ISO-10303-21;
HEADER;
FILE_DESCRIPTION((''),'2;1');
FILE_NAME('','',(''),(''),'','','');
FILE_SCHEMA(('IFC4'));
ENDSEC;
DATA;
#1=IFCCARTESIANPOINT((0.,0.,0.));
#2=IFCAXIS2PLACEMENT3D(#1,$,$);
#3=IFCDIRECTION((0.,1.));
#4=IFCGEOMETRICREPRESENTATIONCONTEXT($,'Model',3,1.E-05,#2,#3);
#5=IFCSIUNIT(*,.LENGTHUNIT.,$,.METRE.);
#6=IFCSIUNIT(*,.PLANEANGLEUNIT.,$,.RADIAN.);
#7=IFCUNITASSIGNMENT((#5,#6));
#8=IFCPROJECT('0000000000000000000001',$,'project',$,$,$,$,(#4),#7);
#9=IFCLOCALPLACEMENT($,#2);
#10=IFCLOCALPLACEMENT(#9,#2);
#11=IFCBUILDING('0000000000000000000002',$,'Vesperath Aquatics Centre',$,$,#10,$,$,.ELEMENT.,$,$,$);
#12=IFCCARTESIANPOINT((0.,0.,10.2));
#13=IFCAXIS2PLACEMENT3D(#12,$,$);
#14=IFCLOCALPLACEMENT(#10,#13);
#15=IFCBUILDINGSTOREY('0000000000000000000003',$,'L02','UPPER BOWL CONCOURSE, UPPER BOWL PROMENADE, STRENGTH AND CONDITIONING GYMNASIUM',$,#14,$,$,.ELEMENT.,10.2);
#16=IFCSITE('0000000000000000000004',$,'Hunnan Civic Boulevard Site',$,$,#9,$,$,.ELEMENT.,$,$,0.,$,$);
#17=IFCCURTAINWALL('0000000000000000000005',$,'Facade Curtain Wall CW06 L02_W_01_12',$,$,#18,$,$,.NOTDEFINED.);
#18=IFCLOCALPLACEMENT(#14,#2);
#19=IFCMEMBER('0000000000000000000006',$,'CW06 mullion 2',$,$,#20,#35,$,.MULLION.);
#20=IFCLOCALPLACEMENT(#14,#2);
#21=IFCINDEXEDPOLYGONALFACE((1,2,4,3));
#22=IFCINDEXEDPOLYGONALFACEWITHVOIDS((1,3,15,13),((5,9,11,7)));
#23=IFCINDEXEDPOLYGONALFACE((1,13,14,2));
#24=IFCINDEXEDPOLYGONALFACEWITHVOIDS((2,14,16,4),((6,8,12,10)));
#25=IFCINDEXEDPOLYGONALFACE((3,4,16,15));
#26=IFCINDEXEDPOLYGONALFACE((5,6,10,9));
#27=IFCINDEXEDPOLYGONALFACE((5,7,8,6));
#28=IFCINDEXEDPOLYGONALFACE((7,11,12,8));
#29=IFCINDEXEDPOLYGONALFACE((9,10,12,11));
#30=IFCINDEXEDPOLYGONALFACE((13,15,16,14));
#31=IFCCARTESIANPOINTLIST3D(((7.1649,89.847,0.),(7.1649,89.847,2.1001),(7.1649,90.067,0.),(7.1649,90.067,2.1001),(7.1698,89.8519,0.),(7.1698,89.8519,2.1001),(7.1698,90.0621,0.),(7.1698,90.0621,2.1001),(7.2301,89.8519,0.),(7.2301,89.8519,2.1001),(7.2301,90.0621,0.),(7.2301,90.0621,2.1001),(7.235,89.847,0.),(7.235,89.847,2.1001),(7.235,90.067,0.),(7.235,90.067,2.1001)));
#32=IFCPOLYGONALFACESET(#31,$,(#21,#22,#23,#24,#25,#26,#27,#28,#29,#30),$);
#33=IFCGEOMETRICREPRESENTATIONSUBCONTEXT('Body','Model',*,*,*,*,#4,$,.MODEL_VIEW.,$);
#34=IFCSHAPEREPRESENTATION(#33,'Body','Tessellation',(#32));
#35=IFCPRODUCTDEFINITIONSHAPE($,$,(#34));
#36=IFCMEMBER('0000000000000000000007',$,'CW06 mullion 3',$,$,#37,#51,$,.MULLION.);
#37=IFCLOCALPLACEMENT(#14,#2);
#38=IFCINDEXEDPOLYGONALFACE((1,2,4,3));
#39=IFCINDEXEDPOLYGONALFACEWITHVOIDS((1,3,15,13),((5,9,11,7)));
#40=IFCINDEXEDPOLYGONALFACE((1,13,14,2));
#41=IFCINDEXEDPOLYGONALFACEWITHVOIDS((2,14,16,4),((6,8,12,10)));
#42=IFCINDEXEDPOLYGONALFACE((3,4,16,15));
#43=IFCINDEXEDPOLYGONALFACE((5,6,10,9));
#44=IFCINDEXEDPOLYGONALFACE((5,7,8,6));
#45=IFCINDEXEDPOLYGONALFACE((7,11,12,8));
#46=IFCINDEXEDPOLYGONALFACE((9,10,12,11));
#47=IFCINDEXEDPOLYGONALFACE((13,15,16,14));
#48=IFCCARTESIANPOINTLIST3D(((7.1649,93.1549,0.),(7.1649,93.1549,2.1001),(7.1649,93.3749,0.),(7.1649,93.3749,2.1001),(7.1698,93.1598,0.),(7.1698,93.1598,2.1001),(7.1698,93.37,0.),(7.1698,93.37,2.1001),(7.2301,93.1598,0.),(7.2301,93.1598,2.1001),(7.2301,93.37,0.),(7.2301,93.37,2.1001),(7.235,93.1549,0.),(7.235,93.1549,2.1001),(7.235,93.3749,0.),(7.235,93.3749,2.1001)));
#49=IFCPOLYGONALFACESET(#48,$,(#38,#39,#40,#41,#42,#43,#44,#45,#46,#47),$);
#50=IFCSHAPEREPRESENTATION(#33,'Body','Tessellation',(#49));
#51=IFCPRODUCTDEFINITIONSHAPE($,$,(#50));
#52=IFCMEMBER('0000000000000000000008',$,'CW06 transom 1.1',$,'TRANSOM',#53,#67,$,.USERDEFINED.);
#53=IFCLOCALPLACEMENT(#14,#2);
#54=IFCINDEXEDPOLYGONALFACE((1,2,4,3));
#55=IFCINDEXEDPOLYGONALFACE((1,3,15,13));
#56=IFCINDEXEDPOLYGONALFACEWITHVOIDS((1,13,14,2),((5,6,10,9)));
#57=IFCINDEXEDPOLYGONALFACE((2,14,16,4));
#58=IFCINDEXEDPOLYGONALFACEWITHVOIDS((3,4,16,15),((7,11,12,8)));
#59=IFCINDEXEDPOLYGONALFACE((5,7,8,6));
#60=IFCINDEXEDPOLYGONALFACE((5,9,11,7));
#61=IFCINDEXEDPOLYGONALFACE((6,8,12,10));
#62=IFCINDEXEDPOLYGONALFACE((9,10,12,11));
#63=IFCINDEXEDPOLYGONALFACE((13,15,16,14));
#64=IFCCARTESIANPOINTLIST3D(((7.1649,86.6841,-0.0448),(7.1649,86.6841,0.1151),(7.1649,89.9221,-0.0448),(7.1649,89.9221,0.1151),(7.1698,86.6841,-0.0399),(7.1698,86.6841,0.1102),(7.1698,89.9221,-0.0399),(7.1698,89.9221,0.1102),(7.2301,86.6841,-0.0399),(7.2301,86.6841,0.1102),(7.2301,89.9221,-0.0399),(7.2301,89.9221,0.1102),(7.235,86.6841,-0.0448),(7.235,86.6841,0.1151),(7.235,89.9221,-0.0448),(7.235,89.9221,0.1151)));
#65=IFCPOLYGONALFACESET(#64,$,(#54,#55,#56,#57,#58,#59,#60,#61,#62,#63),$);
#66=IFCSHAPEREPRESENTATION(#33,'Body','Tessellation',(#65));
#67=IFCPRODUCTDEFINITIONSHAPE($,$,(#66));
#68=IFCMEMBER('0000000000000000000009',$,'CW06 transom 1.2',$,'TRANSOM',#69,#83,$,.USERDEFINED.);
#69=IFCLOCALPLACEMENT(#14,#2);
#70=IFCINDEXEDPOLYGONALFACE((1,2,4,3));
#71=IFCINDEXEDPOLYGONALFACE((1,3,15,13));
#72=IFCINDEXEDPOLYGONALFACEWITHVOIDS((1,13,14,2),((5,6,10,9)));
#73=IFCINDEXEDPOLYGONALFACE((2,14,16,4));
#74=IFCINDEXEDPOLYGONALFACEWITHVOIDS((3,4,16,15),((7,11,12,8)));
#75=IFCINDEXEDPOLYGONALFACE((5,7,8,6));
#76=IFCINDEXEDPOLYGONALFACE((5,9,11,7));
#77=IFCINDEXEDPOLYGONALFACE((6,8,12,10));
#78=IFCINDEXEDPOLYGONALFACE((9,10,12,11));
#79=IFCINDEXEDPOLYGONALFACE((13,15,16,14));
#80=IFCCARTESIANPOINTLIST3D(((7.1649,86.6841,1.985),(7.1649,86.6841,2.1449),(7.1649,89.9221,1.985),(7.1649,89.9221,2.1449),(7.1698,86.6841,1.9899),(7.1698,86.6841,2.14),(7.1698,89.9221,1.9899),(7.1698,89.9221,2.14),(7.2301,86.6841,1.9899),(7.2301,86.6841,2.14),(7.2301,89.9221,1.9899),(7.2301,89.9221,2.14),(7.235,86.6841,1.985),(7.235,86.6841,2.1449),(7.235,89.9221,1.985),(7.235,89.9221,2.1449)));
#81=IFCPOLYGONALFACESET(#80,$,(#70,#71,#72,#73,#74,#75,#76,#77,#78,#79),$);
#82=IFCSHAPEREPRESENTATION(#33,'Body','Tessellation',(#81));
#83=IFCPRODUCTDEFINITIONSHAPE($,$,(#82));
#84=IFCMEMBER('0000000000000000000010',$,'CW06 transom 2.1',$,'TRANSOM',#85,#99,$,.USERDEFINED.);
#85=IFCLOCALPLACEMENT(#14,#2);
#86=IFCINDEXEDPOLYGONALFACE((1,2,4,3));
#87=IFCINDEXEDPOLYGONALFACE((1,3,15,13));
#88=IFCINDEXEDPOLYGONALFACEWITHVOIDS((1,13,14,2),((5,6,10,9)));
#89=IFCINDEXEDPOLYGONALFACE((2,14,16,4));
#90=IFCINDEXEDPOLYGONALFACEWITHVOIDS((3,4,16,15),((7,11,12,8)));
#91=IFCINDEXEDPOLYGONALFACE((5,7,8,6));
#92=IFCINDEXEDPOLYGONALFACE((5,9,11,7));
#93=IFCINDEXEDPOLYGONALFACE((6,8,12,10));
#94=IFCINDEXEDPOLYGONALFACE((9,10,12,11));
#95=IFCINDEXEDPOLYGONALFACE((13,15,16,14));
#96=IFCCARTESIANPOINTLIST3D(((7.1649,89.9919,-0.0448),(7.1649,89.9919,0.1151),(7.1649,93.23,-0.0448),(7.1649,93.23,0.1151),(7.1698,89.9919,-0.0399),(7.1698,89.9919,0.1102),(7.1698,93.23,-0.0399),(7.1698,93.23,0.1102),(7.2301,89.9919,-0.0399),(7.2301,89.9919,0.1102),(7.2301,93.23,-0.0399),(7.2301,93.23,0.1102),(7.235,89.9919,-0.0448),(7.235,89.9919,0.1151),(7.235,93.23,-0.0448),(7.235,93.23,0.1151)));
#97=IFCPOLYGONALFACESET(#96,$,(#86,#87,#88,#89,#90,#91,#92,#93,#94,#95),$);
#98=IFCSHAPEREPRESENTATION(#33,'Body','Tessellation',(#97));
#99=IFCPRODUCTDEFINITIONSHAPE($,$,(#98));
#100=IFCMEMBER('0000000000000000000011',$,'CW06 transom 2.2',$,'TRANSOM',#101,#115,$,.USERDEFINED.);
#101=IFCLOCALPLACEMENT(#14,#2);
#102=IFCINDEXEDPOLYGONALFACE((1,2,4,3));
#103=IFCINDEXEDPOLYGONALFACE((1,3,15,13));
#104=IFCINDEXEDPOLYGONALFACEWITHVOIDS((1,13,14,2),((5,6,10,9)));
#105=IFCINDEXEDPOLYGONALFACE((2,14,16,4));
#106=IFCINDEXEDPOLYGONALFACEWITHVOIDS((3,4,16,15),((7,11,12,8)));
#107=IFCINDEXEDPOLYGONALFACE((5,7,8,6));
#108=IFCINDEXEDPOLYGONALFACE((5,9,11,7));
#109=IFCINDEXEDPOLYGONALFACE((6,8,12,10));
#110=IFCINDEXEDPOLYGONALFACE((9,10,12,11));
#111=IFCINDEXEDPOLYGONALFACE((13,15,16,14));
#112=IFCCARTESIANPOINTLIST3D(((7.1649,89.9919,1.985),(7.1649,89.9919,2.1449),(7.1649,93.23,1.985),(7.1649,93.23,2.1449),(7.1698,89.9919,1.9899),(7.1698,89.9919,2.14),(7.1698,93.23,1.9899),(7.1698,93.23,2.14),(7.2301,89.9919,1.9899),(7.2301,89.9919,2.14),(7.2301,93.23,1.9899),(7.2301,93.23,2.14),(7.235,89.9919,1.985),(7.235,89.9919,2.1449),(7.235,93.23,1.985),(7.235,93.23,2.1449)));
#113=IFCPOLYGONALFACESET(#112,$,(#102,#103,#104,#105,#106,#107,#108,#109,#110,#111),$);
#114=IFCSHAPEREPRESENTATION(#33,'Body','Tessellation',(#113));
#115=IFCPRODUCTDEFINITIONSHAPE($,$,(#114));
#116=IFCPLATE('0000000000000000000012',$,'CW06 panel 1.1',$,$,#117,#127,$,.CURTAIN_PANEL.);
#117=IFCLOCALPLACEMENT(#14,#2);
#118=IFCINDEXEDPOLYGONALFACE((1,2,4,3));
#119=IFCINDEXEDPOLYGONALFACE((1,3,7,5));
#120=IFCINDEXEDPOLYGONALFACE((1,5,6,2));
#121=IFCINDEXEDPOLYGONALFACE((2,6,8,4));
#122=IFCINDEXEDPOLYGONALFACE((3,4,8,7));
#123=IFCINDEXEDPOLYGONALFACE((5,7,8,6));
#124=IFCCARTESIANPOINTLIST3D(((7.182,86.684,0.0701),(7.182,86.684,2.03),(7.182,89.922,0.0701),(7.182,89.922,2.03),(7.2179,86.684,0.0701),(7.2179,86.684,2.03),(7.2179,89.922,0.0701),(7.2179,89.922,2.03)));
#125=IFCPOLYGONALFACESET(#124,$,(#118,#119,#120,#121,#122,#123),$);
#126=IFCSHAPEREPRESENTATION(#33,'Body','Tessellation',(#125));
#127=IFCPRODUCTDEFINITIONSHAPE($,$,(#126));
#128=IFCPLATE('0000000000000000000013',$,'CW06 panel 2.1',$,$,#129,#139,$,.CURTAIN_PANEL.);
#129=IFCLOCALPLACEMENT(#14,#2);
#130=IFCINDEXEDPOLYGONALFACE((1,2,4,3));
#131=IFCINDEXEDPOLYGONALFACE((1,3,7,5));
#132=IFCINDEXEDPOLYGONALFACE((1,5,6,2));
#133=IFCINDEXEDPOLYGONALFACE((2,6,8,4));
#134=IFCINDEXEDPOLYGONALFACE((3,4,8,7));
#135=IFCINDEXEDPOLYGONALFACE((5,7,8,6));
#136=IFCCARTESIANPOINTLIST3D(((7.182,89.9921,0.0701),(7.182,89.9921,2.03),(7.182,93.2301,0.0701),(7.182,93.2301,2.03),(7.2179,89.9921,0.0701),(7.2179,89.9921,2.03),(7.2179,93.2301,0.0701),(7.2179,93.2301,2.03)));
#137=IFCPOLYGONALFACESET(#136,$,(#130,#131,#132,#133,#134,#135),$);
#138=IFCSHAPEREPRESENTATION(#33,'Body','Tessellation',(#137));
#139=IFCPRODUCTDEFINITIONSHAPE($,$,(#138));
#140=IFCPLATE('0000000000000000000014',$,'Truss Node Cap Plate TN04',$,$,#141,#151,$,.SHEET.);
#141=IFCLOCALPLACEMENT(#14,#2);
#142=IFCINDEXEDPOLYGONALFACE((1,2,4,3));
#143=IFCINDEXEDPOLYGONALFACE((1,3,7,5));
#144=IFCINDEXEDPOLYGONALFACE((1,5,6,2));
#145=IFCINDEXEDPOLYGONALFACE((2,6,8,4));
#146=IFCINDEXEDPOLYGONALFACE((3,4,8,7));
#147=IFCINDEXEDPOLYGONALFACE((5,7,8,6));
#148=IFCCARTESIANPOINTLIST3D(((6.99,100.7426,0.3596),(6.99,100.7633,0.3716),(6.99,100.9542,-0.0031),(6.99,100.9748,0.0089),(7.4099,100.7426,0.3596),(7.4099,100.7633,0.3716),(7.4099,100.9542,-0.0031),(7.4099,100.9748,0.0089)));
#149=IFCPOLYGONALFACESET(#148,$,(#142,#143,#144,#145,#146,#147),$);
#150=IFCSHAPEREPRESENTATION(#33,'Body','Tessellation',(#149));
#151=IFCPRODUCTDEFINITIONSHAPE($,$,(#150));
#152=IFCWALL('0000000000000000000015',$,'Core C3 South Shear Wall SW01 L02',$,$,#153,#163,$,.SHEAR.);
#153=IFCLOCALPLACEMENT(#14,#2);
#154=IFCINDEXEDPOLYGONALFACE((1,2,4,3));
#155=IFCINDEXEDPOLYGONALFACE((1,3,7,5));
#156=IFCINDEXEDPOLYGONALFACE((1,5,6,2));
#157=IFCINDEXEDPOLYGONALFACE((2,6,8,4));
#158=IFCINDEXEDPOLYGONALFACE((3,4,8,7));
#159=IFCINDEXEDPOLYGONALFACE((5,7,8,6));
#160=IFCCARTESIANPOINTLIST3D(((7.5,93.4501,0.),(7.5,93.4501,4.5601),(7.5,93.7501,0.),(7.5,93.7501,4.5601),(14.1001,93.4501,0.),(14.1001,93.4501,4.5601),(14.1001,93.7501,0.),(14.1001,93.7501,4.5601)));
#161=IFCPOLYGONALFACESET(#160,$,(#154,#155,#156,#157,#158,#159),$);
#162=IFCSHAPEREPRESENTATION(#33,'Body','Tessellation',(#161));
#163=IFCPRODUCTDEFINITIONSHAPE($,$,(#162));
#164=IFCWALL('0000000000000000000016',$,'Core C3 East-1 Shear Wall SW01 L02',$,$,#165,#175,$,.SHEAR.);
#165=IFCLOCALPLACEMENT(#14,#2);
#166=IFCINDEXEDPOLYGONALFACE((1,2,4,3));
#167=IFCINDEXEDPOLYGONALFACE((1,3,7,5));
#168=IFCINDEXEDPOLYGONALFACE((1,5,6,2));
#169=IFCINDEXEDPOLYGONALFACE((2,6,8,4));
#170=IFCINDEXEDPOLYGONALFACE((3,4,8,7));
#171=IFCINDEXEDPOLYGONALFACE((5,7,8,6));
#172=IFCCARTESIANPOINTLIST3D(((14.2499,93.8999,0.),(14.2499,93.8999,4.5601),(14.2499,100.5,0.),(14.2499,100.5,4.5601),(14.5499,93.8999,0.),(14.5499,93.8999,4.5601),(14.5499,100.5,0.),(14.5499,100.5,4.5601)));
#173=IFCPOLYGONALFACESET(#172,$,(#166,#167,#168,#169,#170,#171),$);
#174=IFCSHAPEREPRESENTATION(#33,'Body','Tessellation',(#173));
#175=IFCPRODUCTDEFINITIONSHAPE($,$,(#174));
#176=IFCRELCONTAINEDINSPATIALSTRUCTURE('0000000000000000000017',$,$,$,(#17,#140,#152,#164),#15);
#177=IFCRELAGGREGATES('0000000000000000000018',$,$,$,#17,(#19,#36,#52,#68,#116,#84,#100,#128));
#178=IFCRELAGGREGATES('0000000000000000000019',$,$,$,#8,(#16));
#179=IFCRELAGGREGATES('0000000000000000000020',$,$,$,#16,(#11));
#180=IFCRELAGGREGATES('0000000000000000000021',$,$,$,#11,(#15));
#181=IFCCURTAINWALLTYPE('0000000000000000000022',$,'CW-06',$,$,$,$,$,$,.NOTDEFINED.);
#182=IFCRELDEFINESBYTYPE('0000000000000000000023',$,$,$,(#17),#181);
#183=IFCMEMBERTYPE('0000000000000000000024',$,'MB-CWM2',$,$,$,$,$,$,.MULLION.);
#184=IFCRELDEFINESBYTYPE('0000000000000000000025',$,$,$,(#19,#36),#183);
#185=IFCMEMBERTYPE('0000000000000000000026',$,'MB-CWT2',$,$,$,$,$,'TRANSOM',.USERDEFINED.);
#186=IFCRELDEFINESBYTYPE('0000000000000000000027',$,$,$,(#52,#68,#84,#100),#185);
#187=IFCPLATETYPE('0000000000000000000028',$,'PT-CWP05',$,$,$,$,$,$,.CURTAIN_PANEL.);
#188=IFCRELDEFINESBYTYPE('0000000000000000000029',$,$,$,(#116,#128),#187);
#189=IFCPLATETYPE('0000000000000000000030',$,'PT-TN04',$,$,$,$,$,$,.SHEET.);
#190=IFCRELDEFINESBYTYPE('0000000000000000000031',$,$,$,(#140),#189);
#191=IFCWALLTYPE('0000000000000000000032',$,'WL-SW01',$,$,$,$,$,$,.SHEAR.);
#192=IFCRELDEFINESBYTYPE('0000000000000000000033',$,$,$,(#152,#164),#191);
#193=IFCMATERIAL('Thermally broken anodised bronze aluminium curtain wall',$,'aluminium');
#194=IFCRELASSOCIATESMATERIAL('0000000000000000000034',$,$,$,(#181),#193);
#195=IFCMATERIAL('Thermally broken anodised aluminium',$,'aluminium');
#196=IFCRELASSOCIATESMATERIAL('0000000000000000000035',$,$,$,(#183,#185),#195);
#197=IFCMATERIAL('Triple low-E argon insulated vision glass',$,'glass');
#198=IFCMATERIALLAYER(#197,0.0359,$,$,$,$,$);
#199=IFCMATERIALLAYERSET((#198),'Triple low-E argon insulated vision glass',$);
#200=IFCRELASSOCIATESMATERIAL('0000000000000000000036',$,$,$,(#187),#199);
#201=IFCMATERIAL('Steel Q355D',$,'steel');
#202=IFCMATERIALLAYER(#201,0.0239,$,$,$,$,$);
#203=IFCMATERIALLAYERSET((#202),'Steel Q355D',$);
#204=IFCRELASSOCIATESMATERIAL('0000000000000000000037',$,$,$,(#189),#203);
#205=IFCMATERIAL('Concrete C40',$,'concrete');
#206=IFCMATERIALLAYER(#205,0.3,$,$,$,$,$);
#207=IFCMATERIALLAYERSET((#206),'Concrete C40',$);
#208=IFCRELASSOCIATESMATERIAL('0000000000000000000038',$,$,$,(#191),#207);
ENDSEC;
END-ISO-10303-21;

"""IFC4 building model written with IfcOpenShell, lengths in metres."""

from ifc_helpers import new_model, si_unit, direction, frame, frame_2d, origin, origin_2d, place, context, subcontext, project, spatial, rectangle, hollow_rectangle, extrude, material, layer, layer_set, material_profile, profile_set, type_object, element, aggregate, save


model = new_model("IFC4")

# Units and contexts
model_context = context("Model", 3, precision=1e-05, world=origin(), true_north=direction((0.0, 1.0)))
body_context = subcontext(model_context, "Body", "Model", "MODEL_VIEW")
ifc_project = project(units=[si_unit("LENGTHUNIT", "METRE"), si_unit("PLANEANGLEUNIT", "RADIAN")], contexts=[model_context])

# Site, building, storey
site_placement = place(None, origin())
site = spatial("IfcSite", under=ifc_project, at=site_placement, Name="Hunnan Civic Boulevard Site", CompositionType="ELEMENT", RefElevation=0.0)
building_placement = place(site_placement, origin())
building = spatial("IfcBuilding", under=site, at=building_placement, Name="Vesperath Aquatics Centre", CompositionType="ELEMENT")
storey_placement = place(building_placement, frame((0.0, 0.0, 10.2)))
storey = spatial("IfcBuildingStorey", under=building, at=storey_placement, Name="L02", Description="UPPER BOWL CONCOURSE, UPPER BOWL PROMENADE, STRENGTH AND CONDITIONING GYMNASIUM", CompositionType="ELEMENT", Elevation=10.2)

# Shared definitions
ifc_material_1 = material(Name="Concrete C40", Category="concrete")

# Shared definitions
ifc_material_2 = material(Name="Steel Q355D", Category="steel")

# Curtain wall, members, plates
ifc_material_3 = material(Name="Thermally broken anodised bronze aluminium curtain wall", Category="aluminium")
curtain_wall_type = type_object("IfcCurtainWallType", Name="CW-06", PredefinedType="NOTDEFINED", material=ifc_material_3)
curtain_wall_placement = place(storey_placement, origin())
curtain_wall = element("IfcCurtainWall", 1, at=curtain_wall_placement, inside=storey, type_object=curtain_wall_type, Name="Facade Curtain Wall CW06 L02_W_01_12", PredefinedType="NOTDEFINED")
ifc_material_4 = material(Name="Thermally broken anodised aluminium", Category="aluminium")
ifc_material_profile_1 = material_profile(ifc_material_4, hollow_rectangle(XDim=0.0701, YDim=0.22, WallThickness=0.0049, at=origin_2d()), Name="CWM 70x220x5")
ifc_profile_set_1 = profile_set([ifc_material_profile_1], Name="Thermally broken anodised aluminium")
member_type_1 = type_object("IfcMemberType", Name="MB-CWM2", PredefinedType="MULLION", material=ifc_profile_set_1)
member_1_placement = place(storey_placement, frame((7.2, 89.957, 0.0), z_axis=(0.0, 0.0, 1.0), x_axis=(-1.0, 0.0, 0.0)))
member_1 = element("IfcMember", 2, at=member_1_placement, type_object=member_type_1, Name="CW06 mullion 2", PredefinedType="MULLION", context=body_context, shape_type="SweptSolid", body=[
    extrude(hollow_rectangle(XDim=0.0701, YDim=0.22, WallThickness=0.0049, at=origin_2d()), origin(), (0.0, 0.0, 1.0), 2.1001),
])
member_2_placement = place(storey_placement, frame((7.2, 93.2649, 0.0), z_axis=(0.0, 0.0, 1.0), x_axis=(-1.0, 0.0, 0.0)))
member_2 = element("IfcMember", 3, at=member_2_placement, type_object=member_type_1, Name="CW06 mullion 3", PredefinedType="MULLION", context=body_context, shape_type="SweptSolid", body=[
    extrude(hollow_rectangle(XDim=0.0701, YDim=0.22, WallThickness=0.0049, at=origin_2d()), origin(), (0.0, 0.0, 1.0), 2.1001),
])
ifc_material_profile_2 = material_profile(ifc_material_4, hollow_rectangle(XDim=0.0701, YDim=0.1599, WallThickness=0.0049, at=origin_2d()), Name="CWT 70x160x5")
ifc_profile_set_2 = profile_set([ifc_material_profile_2], Name="Thermally broken anodised aluminium")
member_type_2 = type_object("IfcMemberType", Name="MB-CWT2", ElementType="TRANSOM", PredefinedType="USERDEFINED", material=ifc_profile_set_2)
member_3_placement = place(storey_placement, frame((7.2, 86.6841, 0.0352), z_axis=(0.0, 1.0, 0.0), x_axis=(-1.0, 0.0, 0.0)))
member_3 = element("IfcMember", 4, at=member_3_placement, type_object=member_type_2, Name="CW06 transom 1.1", ObjectType="TRANSOM", PredefinedType="USERDEFINED", context=body_context, shape_type="SweptSolid", body=[
    extrude(hollow_rectangle(XDim=0.0701, YDim=0.1599, WallThickness=0.0049, at=origin_2d()), origin(), (0.0, 0.0, 1.0), 3.238),
])
member_4_placement = place(storey_placement, frame((7.2, 86.6841, 2.0649), z_axis=(0.0, 1.0, 0.0), x_axis=(-1.0, 0.0, 0.0)))
member_4 = element("IfcMember", 5, at=member_4_placement, type_object=member_type_2, Name="CW06 transom 1.2", ObjectType="TRANSOM", PredefinedType="USERDEFINED", context=body_context, shape_type="SweptSolid", body=[
    extrude(hollow_rectangle(XDim=0.0701, YDim=0.1599, WallThickness=0.0049, at=origin_2d()), origin(), (0.0, 0.0, 1.0), 3.238),
])
member_5_placement = place(storey_placement, frame((7.2, 89.9919, 0.0352), z_axis=(0.0, 1.0, 0.0), x_axis=(-1.0, 0.0, 0.0)))
member_5 = element("IfcMember", 6, at=member_5_placement, type_object=member_type_2, Name="CW06 transom 2.1", ObjectType="TRANSOM", PredefinedType="USERDEFINED", context=body_context, shape_type="SweptSolid", body=[
    extrude(hollow_rectangle(XDim=0.0701, YDim=0.1599, WallThickness=0.0049, at=origin_2d()), origin(), (0.0, 0.0, 1.0), 3.238),
])
member_6_placement = place(storey_placement, frame((7.2, 89.9919, 2.0649), z_axis=(0.0, 1.0, 0.0), x_axis=(-1.0, 0.0, 0.0)))
member_6 = element("IfcMember", 7, at=member_6_placement, type_object=member_type_2, Name="CW06 transom 2.2", ObjectType="TRANSOM", PredefinedType="USERDEFINED", context=body_context, shape_type="SweptSolid", body=[
    extrude(hollow_rectangle(XDim=0.0701, YDim=0.1599, WallThickness=0.0049, at=origin_2d()), origin(), (0.0, 0.0, 1.0), 3.238),
])
ifc_material_5 = material(Name="Triple low-E argon insulated vision glass", Category="glass")
ifc_layer_1 = layer(ifc_material_5, 0.0359)
ifc_layer_set_1 = layer_set([ifc_layer_1], Name="Triple low-E argon insulated vision glass")
plate_type_1 = type_object("IfcPlateType", Name="PT-CWP05", PredefinedType="CURTAIN_PANEL", material=ifc_layer_set_1)
plate_1_placement = place(storey_placement, frame((7.2, 88.303, 0.0701), z_axis=(0.0, 0.0, 1.0), x_axis=(0.0, 1.0, 0.0)))
plate_1 = element("IfcPlate", 8, at=plate_1_placement, type_object=plate_type_1, Name="CW06 panel 1.1", PredefinedType="CURTAIN_PANEL", context=body_context, shape_type="SweptSolid", body=[
    extrude(rectangle(XDim=3.238, YDim=0.0359, at=origin_2d()), origin(), (0.0, 0.0, 1.0), 1.96),
])
plate_2_placement = place(storey_placement, frame((7.2, 91.6111, 0.0701), z_axis=(0.0, 0.0, 1.0), x_axis=(0.0, 1.0, 0.0)))
plate_2 = element("IfcPlate", 9, at=plate_2_placement, type_object=plate_type_1, Name="CW06 panel 2.1", PredefinedType="CURTAIN_PANEL", context=body_context, shape_type="SweptSolid", body=[
    extrude(rectangle(XDim=3.238, YDim=0.0359, at=origin_2d()), origin(), (0.0, 0.0, 1.0), 1.96),
])
aggregate(curtain_wall, [member_1, member_2, member_3, member_4, plate_1, member_5, member_6, plate_2])

# Plate
ifc_layer_2 = layer(ifc_material_2, 0.0239)
ifc_layer_set_2 = layer_set([ifc_layer_2], Name="Steel Q355D")
plate_type_2 = type_object("IfcPlateType", Name="PT-TN04", PredefinedType="SHEET", material=ifc_layer_set_2)
plate_3_placement = place(storey_placement, frame((7.2, 100.8484, 0.1782), z_axis=(0.0, 0.863779, 0.503871), x_axis=(-1.0, 0.0, 0.0)))
element("IfcPlate", 10, at=plate_3_placement, inside=storey, type_object=plate_type_2, Name="Truss Node Cap Plate TN04", PredefinedType="SHEET", context=body_context, shape_type="SweptSolid", body=[
    extrude(rectangle(XDim=0.4199, YDim=0.4199, at=origin_2d()), origin(), (0.0, 0.0, 1.0), 0.0239),
])

# Walls
ifc_layer_3 = layer(ifc_material_1, 0.3)
ifc_layer_set_3 = layer_set([ifc_layer_3], Name="Concrete C40")
wall_type_1 = type_object("IfcWallType", Name="WL-SW01", PredefinedType="SHEAR", material=ifc_layer_set_3)
for number, where, z_axis, x_axis, name in (
    (11, (7.5, 93.6001, 0.0), (0.0, 0.0, 1.0), (1.0, 0.0, 0.0), "Core C3 South Shear Wall SW01 L02"),
    (12, (14.3999, 93.8999, 0.0), (0.0, 0.0, 1.0), (0.0, 1.0, 0.0), "Core C3 East-1 Shear Wall SW01 L02"),
):
    element("IfcWall", number, at=place(storey_placement, frame(where, z_axis=z_axis, x_axis=x_axis)), inside=storey, type_object=wall_type_1, Name=name, PredefinedType="SHEAR", context=body_context, shape_type="SweptSolid", body=[
        extrude(rectangle(XDim=6.6001, YDim=0.3, at=frame_2d((3.3, 0.0))), origin(), (0.0, 0.0, 1.0), 4.5601),
    ])

save(model, "model.ifc")
